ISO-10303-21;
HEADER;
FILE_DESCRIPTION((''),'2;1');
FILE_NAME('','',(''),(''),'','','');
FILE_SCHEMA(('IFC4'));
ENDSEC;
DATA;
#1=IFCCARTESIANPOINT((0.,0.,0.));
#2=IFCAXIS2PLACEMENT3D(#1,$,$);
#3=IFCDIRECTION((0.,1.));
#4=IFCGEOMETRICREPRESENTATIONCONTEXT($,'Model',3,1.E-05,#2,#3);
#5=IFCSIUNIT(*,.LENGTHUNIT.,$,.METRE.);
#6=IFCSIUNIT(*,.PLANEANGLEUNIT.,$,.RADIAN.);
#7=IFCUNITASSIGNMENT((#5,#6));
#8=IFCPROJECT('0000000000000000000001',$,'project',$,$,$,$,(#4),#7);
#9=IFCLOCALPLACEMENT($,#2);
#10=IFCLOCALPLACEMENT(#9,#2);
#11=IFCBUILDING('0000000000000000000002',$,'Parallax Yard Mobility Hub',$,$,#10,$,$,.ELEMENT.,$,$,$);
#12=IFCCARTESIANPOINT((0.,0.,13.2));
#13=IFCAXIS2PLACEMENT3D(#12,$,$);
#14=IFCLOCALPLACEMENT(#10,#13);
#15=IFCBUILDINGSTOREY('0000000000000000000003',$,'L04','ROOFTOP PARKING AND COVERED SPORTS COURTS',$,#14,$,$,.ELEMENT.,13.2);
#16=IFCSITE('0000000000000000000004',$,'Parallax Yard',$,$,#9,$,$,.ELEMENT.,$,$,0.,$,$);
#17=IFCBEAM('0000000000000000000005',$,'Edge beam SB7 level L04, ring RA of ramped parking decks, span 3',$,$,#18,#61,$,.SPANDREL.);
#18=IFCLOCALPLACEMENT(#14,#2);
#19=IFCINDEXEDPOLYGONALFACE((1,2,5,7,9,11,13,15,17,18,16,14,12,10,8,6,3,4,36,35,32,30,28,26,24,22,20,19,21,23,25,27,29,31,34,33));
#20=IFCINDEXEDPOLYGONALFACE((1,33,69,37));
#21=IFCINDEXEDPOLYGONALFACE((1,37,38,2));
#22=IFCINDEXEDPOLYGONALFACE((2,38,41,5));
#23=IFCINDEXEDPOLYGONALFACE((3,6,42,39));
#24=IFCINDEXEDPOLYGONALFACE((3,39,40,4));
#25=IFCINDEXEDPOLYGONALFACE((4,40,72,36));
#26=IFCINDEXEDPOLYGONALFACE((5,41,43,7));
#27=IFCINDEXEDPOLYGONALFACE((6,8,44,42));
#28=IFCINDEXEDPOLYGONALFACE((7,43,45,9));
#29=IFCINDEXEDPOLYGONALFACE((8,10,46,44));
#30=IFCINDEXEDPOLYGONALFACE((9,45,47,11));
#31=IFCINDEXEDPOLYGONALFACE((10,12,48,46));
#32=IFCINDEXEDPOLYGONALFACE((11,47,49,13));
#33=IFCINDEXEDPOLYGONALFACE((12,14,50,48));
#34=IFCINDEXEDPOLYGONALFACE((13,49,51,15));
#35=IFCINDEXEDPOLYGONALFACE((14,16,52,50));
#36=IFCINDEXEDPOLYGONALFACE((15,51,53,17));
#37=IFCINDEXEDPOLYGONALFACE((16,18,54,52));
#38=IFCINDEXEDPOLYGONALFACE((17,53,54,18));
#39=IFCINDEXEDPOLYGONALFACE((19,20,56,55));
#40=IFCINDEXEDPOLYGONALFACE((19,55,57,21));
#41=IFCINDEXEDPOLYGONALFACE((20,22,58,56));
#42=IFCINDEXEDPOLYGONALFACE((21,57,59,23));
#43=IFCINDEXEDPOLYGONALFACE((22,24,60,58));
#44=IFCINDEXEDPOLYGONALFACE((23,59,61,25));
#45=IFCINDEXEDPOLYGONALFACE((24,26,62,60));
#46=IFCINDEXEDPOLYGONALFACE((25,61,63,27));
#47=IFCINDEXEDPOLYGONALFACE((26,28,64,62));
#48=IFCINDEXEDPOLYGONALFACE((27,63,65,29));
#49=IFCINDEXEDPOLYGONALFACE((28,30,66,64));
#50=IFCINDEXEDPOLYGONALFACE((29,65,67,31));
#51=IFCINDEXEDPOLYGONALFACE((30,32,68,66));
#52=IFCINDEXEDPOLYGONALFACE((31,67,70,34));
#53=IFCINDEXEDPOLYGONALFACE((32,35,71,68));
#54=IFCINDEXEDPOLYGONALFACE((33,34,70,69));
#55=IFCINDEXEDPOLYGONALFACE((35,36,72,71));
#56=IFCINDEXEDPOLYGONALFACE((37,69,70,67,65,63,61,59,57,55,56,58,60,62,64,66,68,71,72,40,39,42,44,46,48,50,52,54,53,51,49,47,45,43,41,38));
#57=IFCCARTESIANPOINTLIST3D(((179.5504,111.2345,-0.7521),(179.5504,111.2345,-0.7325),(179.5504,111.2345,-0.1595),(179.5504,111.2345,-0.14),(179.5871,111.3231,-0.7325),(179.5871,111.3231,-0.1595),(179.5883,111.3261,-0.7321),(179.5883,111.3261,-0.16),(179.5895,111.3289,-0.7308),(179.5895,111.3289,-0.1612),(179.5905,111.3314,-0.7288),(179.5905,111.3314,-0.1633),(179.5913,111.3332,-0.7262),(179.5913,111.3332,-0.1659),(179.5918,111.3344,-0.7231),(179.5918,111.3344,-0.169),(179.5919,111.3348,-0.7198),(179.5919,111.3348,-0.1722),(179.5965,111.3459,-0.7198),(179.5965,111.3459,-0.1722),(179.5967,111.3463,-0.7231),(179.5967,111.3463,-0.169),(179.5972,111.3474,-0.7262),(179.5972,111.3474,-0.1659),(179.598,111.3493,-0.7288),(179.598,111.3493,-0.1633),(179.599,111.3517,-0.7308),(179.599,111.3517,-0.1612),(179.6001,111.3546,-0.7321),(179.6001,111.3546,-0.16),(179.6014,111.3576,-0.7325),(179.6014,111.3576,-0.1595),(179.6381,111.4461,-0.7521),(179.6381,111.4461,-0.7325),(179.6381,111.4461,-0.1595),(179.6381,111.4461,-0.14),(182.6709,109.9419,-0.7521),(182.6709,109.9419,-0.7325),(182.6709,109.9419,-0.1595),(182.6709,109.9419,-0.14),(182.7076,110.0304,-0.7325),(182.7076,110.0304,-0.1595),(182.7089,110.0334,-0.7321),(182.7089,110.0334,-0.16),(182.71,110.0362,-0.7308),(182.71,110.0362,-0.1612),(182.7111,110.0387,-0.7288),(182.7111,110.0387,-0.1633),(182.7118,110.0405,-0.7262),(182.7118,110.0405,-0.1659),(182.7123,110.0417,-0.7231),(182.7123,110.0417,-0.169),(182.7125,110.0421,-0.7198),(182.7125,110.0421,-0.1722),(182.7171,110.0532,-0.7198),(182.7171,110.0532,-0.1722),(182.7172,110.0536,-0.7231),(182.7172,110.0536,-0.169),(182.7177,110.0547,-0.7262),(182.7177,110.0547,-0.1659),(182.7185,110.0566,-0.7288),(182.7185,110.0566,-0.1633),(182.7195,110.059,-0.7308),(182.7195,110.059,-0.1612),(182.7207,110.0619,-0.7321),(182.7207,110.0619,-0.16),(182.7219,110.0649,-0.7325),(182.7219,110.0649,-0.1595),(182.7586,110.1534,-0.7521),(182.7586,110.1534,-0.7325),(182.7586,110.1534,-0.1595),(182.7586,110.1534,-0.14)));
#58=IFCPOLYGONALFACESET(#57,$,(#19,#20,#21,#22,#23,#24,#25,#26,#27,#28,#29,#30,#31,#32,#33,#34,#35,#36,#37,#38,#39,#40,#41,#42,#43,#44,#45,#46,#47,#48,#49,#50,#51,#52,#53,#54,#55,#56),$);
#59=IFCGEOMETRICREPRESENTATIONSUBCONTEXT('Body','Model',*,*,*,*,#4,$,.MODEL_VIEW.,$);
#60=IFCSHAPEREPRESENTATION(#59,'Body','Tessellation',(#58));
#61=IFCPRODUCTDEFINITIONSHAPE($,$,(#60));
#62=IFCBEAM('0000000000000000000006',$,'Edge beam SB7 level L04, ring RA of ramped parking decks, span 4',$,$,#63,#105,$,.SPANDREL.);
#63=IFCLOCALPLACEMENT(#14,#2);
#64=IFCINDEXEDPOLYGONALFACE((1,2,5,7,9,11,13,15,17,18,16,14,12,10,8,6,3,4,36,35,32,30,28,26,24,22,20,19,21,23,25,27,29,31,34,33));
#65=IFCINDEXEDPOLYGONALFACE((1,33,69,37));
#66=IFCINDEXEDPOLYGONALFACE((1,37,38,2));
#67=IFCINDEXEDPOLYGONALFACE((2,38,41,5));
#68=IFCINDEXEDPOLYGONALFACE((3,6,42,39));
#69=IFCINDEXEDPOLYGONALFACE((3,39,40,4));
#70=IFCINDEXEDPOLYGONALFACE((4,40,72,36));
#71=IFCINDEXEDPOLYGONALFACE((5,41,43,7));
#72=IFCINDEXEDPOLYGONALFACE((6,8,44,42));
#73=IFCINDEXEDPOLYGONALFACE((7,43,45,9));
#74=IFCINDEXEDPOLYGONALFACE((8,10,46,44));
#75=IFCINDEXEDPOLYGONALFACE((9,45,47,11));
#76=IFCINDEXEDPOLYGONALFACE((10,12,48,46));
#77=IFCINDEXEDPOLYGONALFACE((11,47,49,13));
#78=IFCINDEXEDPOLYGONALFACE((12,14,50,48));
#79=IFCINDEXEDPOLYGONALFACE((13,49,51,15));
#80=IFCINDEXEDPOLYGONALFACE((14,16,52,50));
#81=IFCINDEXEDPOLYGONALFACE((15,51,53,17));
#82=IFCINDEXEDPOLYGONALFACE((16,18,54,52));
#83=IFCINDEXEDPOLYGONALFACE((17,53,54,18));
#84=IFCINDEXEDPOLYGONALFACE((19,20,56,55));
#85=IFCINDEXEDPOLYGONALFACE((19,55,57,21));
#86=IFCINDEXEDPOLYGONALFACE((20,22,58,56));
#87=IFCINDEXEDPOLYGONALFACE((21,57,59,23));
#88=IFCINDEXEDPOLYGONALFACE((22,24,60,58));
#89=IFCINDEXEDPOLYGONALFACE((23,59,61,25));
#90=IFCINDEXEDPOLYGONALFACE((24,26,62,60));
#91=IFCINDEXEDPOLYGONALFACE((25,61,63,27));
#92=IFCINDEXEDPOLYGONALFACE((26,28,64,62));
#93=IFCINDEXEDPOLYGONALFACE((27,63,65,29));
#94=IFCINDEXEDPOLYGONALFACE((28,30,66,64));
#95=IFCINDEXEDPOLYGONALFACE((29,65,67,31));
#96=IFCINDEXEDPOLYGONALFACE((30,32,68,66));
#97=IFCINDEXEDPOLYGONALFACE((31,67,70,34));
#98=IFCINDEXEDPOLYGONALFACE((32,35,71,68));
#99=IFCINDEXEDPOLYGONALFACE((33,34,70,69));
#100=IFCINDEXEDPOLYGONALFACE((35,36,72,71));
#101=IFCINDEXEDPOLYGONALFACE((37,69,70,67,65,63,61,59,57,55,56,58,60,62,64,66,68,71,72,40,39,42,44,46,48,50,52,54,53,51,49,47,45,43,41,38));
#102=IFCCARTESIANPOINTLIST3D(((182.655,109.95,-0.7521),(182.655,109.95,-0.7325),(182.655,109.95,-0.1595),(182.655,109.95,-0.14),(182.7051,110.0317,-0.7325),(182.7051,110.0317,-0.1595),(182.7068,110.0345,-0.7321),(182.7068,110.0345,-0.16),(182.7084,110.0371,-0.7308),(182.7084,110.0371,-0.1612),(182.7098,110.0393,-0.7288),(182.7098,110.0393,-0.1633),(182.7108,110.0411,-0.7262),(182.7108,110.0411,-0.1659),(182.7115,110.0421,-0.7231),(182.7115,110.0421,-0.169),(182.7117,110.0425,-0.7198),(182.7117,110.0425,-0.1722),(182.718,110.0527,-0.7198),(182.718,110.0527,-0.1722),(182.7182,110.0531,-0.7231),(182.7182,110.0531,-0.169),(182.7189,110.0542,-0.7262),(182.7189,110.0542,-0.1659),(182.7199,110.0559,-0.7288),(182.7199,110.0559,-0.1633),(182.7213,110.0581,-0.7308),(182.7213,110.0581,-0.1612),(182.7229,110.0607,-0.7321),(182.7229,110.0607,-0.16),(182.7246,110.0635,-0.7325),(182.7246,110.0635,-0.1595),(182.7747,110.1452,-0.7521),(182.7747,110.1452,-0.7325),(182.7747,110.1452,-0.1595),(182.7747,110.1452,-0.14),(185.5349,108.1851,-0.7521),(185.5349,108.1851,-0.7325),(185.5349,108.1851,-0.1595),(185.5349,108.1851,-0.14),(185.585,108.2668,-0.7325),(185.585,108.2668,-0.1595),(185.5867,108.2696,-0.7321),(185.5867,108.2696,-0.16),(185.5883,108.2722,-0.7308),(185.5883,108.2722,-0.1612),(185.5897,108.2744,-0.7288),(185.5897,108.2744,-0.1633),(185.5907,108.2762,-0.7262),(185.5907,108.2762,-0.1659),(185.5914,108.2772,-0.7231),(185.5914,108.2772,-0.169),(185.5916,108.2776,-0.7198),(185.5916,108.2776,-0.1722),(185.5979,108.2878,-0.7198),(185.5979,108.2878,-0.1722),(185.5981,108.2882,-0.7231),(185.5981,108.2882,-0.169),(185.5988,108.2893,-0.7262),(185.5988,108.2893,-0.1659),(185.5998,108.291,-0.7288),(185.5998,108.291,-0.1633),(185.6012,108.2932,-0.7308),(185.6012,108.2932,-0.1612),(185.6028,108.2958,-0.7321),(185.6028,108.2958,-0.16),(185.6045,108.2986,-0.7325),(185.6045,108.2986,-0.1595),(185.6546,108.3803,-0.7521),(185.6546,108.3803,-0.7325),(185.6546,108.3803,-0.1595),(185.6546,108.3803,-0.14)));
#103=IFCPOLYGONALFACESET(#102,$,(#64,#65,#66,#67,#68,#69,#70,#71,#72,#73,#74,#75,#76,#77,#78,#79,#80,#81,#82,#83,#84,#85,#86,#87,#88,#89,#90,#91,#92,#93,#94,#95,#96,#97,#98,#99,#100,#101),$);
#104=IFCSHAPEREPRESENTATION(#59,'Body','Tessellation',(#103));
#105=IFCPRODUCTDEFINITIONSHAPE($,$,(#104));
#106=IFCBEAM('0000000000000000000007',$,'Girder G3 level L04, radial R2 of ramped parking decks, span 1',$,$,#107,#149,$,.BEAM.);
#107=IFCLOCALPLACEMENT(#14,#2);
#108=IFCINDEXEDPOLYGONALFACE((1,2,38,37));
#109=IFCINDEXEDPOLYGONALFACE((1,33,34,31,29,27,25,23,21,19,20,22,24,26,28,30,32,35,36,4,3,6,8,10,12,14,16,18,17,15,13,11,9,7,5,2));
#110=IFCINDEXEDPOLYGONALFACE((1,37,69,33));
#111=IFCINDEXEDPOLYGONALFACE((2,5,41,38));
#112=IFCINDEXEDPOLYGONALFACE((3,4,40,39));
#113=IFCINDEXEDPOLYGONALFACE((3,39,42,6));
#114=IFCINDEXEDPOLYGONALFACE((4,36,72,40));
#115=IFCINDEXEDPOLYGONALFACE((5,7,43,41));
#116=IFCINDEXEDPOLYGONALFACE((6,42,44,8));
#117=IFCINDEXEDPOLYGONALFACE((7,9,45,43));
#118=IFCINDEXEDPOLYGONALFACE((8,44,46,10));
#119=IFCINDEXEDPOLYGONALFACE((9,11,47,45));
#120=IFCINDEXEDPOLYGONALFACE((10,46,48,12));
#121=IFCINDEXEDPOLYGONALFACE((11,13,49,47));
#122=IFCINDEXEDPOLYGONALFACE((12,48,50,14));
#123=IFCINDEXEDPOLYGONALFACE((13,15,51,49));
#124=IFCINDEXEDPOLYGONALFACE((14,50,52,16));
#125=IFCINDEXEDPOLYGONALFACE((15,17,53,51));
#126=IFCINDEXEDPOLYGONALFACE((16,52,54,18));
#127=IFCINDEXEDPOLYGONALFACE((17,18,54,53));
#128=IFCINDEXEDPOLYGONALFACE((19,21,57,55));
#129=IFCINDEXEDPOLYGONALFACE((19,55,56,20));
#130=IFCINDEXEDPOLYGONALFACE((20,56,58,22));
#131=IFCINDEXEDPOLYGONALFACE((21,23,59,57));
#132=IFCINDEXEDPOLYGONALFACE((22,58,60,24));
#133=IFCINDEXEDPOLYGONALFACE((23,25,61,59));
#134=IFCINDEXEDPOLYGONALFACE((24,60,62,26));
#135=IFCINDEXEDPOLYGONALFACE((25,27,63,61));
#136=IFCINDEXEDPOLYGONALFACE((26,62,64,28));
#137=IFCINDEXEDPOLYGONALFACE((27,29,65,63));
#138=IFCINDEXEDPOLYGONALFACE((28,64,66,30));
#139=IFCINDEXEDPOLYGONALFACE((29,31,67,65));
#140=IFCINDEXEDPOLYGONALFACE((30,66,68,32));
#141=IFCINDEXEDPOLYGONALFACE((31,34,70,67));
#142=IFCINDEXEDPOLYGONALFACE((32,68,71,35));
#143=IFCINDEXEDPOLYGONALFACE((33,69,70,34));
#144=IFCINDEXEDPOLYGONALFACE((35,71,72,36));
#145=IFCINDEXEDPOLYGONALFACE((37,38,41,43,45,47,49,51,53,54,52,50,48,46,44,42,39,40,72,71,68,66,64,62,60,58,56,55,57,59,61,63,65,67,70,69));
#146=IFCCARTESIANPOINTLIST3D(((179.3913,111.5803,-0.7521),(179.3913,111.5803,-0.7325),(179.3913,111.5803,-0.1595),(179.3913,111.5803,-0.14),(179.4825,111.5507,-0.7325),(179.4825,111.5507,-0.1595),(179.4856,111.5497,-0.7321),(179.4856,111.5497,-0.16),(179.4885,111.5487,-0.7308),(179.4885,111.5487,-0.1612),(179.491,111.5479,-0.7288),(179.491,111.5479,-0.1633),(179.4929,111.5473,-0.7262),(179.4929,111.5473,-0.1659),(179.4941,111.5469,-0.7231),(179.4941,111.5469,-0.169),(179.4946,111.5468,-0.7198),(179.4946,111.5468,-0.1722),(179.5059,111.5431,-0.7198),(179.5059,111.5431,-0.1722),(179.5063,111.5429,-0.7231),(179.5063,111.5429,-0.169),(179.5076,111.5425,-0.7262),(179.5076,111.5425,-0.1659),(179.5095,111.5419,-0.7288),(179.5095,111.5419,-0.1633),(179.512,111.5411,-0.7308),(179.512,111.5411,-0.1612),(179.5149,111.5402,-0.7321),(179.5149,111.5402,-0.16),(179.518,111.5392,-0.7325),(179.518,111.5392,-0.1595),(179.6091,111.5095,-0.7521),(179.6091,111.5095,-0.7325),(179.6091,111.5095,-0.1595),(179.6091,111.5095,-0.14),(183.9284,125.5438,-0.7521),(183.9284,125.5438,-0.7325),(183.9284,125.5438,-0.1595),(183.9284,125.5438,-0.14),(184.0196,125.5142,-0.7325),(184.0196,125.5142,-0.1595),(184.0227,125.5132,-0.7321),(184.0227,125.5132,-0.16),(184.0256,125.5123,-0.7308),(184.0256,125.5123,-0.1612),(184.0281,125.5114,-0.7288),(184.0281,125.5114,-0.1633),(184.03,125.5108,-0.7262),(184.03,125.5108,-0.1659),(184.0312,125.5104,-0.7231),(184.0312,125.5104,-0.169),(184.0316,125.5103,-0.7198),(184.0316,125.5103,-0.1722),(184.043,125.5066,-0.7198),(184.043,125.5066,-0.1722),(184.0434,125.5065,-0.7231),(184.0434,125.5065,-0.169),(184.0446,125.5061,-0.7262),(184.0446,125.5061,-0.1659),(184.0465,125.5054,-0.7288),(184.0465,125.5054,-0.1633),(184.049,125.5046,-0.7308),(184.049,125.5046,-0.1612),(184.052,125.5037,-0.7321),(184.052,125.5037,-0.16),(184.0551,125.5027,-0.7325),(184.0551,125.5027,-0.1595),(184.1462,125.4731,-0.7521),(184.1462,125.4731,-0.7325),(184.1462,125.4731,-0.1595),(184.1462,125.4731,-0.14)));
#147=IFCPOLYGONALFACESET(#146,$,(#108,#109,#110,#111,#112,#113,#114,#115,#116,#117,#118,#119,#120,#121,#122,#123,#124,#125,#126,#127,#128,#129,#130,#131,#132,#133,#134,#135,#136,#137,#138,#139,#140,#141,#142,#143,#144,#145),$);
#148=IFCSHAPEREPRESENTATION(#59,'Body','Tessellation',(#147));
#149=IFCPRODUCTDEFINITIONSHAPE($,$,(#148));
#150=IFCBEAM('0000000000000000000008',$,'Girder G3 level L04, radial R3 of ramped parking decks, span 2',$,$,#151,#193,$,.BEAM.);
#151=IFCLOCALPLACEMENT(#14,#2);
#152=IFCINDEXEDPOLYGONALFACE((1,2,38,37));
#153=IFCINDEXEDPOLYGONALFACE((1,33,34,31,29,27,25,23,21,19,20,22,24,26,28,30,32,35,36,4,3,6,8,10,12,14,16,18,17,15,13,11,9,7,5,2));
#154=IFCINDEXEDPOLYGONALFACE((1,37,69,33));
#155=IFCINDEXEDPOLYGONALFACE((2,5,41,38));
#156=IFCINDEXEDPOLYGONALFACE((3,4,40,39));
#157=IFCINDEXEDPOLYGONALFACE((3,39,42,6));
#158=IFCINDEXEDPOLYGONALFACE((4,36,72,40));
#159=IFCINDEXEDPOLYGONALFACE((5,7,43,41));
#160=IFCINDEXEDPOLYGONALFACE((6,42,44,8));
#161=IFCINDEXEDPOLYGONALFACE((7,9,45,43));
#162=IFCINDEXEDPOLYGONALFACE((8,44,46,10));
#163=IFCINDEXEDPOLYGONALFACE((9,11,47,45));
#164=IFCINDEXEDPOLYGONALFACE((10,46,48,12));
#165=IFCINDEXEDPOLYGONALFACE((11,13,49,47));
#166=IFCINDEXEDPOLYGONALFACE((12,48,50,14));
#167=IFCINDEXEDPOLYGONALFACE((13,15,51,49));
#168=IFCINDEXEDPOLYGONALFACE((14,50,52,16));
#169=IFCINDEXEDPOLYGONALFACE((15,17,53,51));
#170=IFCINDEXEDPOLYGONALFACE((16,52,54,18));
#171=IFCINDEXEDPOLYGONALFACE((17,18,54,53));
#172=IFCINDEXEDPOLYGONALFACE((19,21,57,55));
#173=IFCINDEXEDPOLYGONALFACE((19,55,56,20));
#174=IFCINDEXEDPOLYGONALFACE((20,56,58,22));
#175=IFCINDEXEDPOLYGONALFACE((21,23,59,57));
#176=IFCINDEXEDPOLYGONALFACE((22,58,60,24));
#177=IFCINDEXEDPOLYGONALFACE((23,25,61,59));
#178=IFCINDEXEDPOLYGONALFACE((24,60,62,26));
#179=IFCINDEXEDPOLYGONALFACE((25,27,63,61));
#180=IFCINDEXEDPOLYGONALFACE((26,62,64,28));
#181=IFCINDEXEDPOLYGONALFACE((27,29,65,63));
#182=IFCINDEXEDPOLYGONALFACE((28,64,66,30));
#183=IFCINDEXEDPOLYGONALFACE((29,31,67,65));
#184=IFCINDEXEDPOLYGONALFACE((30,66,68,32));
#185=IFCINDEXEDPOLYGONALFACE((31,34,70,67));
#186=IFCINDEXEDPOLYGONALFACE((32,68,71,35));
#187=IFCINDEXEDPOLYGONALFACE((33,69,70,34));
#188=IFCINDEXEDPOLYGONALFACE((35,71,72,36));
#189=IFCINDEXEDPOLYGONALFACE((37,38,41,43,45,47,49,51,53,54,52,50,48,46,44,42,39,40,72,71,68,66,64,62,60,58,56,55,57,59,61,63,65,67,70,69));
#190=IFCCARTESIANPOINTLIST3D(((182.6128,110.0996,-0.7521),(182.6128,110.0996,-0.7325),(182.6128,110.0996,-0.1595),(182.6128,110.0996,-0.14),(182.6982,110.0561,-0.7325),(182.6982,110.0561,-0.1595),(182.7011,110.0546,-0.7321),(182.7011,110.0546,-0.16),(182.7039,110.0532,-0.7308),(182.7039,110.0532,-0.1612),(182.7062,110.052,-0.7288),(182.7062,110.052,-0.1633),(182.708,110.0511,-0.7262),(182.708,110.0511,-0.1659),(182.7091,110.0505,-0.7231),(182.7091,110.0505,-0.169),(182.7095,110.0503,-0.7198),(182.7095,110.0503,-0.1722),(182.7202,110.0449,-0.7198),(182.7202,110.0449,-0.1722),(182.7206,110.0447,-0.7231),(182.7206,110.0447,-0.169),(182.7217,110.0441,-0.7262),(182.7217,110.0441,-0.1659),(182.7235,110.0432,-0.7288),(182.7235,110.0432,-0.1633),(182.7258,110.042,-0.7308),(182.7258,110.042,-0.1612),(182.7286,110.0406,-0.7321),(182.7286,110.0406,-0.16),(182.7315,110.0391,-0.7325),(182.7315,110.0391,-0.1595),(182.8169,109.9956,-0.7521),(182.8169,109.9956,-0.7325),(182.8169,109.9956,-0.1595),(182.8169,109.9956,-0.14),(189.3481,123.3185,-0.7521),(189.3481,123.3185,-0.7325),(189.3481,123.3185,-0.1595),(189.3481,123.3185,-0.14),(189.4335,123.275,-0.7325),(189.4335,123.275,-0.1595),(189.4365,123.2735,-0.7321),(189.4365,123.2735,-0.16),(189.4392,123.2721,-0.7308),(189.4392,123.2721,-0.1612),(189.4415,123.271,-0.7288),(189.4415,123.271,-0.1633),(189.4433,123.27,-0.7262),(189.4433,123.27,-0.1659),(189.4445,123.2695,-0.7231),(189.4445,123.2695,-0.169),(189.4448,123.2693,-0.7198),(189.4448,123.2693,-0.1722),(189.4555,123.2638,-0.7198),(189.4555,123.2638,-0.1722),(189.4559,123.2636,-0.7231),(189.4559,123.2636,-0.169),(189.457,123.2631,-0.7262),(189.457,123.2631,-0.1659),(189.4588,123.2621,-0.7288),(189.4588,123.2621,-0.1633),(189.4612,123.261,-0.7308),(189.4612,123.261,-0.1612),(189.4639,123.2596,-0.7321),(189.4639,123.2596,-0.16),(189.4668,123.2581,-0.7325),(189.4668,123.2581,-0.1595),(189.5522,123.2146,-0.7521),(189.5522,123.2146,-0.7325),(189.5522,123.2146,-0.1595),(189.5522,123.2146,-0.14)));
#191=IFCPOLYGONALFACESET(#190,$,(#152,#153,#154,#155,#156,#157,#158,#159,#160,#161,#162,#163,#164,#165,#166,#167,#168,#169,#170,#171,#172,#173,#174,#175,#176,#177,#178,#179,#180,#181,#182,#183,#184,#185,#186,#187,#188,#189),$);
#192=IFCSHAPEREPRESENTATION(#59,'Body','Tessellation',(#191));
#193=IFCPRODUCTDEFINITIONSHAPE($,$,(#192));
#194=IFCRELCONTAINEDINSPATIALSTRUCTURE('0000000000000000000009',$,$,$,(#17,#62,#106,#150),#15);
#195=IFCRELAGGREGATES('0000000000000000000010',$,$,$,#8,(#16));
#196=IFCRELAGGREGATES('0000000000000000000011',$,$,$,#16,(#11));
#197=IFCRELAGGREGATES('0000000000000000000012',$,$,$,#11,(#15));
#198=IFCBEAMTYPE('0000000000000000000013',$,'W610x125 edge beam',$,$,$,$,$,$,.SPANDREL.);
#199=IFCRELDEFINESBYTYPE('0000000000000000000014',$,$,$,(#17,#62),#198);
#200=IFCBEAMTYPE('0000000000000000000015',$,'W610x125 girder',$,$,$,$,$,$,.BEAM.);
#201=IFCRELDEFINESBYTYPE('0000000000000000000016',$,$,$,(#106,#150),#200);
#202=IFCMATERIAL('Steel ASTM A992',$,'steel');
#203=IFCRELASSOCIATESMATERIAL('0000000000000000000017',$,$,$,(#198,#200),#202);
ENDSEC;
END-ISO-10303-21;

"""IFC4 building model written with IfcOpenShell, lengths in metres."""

from ifc_helpers import new_model, si_unit, direction, frame, origin, origin_2d, place, context, subcontext, project, spatial, i_section, extrude, material, material_profile, profile_set, type_object, element, save


model = new_model("IFC4")

# Units and contexts
model_context = context("Model", 3, precision=1e-05, world=origin(), true_north=direction((0.0, 1.0)))
body_context = subcontext(model_context, "Body", "Model", "MODEL_VIEW")
ifc_project = project(units=[si_unit("LENGTHUNIT", "METRE"), si_unit("PLANEANGLEUNIT", "RADIAN")], contexts=[model_context])

# Site, building, storey
site_placement = place(None, origin())
site = spatial("IfcSite", under=ifc_project, at=site_placement, Name="Parallax Yard", CompositionType="ELEMENT", RefElevation=0.0)
building_placement = place(site_placement, origin())
building = spatial("IfcBuilding", under=site, at=building_placement, Name="Parallax Yard Mobility Hub", CompositionType="ELEMENT")
storey_placement = place(building_placement, frame((0.0, 0.0, 13.2)))
storey = spatial("IfcBuildingStorey", under=building, at=storey_placement, Name="L04", Description="ROOFTOP PARKING AND COVERED SPORTS COURTS", CompositionType="ELEMENT", Elevation=13.2)

# Beams
ifc_material_1 = material(Name="Steel ASTM A992", Category="steel")
ifc_material_profile_1 = material_profile(ifc_material_1, i_section(OverallWidth=0.229, OverallDepth=0.6121, WebThickness=0.012, FlangeThickness=0.0195, FilletRadius=0.0127, at=origin_2d()), Name="W610x125")
ifc_profile_set_1 = profile_set([ifc_material_profile_1], Name="Steel ASTM A992")
beam_type_1 = type_object("IfcBeamType", Name="W610x125 edge beam", PredefinedType="SPANDREL", material=ifc_profile_set_1)
for number, where, z_axis, x_axis, name in (
    (1, (179.5942, 111.3403, -0.446), (0.923866, -0.382716, 0.0), (0.382716, 0.923866, 0.0), "Edge beam SB7 level L04, ring RA of ramped parking decks, span 3"),
    (2, (182.7148, 110.0476, -0.446), (0.852627, -0.52252, 0.0), (0.52252, 0.852627, 0.0), "Edge beam SB7 level L04, ring RA of ramped parking decks, span 4"),
):
    element("IfcBeam", number, at=place(storey_placement, frame(where, z_axis=z_axis, x_axis=x_axis)), inside=storey, type_object=beam_type_1, Name=name, PredefinedType="SPANDREL", context=body_context, shape_type="SweptSolid", body=[
        extrude(i_section(OverallWidth=0.229, OverallDepth=0.6121, WebThickness=0.012, FlangeThickness=0.0195, FilletRadius=0.0127, at=origin_2d()), origin(), (0.0, 0.0, 1.0), 3.3777),
    ])
ifc_material_profile_2 = material_profile(ifc_material_1, i_section(OverallWidth=0.229, OverallDepth=0.6121, WebThickness=0.012, FlangeThickness=0.0195, FilletRadius=0.0127, at=origin_2d()), Name="W610x125")
ifc_profile_set_2 = profile_set([ifc_material_profile_2], Name="Steel ASTM A992")
beam_type_2 = type_object("IfcBeamType", Name="W610x125 girder", PredefinedType="BEAM", material=ifc_profile_set_2)
beam_1_placement = place(storey_placement, frame((179.5002, 111.5449, -0.446), z_axis=(0.30902, 0.951055, 0.0), x_axis=(-0.951055, 0.30902, 0.0)))
element("IfcBeam", 3, at=beam_1_placement, inside=storey, type_object=beam_type_2, Name="Girder G3 level L04, radial R2 of ramped parking decks, span 1", PredefinedType="BEAM", context=body_context, shape_type="SweptSolid", body=[
    extrude(i_section(OverallWidth=0.229, OverallDepth=0.6121, WebThickness=0.012, FlangeThickness=0.0195, FilletRadius=0.0127, at=origin_2d()), origin(), (0.0, 0.0, 1.0), 14.6821),
])
beam_2_placement = place(storey_placement, frame((182.7148, 110.0476, -0.446), z_axis=(0.453987, 0.891008, 0.0), x_axis=(-0.891008, 0.453987, 0.0)))
element("IfcBeam", 4, at=beam_2_placement, inside=storey, type_object=beam_type_2, Name="Girder G3 level L04, radial R3 of ramped parking decks, span 2", PredefinedType="BEAM", context=body_context, shape_type="SweptSolid", body=[
    extrude(i_section(OverallWidth=0.229, OverallDepth=0.6121, WebThickness=0.012, FlangeThickness=0.0195, FilletRadius=0.0127, at=origin_2d()), origin(), (0.0, 0.0, 1.0), 14.8359),
])

save(model, "model.ifc")
